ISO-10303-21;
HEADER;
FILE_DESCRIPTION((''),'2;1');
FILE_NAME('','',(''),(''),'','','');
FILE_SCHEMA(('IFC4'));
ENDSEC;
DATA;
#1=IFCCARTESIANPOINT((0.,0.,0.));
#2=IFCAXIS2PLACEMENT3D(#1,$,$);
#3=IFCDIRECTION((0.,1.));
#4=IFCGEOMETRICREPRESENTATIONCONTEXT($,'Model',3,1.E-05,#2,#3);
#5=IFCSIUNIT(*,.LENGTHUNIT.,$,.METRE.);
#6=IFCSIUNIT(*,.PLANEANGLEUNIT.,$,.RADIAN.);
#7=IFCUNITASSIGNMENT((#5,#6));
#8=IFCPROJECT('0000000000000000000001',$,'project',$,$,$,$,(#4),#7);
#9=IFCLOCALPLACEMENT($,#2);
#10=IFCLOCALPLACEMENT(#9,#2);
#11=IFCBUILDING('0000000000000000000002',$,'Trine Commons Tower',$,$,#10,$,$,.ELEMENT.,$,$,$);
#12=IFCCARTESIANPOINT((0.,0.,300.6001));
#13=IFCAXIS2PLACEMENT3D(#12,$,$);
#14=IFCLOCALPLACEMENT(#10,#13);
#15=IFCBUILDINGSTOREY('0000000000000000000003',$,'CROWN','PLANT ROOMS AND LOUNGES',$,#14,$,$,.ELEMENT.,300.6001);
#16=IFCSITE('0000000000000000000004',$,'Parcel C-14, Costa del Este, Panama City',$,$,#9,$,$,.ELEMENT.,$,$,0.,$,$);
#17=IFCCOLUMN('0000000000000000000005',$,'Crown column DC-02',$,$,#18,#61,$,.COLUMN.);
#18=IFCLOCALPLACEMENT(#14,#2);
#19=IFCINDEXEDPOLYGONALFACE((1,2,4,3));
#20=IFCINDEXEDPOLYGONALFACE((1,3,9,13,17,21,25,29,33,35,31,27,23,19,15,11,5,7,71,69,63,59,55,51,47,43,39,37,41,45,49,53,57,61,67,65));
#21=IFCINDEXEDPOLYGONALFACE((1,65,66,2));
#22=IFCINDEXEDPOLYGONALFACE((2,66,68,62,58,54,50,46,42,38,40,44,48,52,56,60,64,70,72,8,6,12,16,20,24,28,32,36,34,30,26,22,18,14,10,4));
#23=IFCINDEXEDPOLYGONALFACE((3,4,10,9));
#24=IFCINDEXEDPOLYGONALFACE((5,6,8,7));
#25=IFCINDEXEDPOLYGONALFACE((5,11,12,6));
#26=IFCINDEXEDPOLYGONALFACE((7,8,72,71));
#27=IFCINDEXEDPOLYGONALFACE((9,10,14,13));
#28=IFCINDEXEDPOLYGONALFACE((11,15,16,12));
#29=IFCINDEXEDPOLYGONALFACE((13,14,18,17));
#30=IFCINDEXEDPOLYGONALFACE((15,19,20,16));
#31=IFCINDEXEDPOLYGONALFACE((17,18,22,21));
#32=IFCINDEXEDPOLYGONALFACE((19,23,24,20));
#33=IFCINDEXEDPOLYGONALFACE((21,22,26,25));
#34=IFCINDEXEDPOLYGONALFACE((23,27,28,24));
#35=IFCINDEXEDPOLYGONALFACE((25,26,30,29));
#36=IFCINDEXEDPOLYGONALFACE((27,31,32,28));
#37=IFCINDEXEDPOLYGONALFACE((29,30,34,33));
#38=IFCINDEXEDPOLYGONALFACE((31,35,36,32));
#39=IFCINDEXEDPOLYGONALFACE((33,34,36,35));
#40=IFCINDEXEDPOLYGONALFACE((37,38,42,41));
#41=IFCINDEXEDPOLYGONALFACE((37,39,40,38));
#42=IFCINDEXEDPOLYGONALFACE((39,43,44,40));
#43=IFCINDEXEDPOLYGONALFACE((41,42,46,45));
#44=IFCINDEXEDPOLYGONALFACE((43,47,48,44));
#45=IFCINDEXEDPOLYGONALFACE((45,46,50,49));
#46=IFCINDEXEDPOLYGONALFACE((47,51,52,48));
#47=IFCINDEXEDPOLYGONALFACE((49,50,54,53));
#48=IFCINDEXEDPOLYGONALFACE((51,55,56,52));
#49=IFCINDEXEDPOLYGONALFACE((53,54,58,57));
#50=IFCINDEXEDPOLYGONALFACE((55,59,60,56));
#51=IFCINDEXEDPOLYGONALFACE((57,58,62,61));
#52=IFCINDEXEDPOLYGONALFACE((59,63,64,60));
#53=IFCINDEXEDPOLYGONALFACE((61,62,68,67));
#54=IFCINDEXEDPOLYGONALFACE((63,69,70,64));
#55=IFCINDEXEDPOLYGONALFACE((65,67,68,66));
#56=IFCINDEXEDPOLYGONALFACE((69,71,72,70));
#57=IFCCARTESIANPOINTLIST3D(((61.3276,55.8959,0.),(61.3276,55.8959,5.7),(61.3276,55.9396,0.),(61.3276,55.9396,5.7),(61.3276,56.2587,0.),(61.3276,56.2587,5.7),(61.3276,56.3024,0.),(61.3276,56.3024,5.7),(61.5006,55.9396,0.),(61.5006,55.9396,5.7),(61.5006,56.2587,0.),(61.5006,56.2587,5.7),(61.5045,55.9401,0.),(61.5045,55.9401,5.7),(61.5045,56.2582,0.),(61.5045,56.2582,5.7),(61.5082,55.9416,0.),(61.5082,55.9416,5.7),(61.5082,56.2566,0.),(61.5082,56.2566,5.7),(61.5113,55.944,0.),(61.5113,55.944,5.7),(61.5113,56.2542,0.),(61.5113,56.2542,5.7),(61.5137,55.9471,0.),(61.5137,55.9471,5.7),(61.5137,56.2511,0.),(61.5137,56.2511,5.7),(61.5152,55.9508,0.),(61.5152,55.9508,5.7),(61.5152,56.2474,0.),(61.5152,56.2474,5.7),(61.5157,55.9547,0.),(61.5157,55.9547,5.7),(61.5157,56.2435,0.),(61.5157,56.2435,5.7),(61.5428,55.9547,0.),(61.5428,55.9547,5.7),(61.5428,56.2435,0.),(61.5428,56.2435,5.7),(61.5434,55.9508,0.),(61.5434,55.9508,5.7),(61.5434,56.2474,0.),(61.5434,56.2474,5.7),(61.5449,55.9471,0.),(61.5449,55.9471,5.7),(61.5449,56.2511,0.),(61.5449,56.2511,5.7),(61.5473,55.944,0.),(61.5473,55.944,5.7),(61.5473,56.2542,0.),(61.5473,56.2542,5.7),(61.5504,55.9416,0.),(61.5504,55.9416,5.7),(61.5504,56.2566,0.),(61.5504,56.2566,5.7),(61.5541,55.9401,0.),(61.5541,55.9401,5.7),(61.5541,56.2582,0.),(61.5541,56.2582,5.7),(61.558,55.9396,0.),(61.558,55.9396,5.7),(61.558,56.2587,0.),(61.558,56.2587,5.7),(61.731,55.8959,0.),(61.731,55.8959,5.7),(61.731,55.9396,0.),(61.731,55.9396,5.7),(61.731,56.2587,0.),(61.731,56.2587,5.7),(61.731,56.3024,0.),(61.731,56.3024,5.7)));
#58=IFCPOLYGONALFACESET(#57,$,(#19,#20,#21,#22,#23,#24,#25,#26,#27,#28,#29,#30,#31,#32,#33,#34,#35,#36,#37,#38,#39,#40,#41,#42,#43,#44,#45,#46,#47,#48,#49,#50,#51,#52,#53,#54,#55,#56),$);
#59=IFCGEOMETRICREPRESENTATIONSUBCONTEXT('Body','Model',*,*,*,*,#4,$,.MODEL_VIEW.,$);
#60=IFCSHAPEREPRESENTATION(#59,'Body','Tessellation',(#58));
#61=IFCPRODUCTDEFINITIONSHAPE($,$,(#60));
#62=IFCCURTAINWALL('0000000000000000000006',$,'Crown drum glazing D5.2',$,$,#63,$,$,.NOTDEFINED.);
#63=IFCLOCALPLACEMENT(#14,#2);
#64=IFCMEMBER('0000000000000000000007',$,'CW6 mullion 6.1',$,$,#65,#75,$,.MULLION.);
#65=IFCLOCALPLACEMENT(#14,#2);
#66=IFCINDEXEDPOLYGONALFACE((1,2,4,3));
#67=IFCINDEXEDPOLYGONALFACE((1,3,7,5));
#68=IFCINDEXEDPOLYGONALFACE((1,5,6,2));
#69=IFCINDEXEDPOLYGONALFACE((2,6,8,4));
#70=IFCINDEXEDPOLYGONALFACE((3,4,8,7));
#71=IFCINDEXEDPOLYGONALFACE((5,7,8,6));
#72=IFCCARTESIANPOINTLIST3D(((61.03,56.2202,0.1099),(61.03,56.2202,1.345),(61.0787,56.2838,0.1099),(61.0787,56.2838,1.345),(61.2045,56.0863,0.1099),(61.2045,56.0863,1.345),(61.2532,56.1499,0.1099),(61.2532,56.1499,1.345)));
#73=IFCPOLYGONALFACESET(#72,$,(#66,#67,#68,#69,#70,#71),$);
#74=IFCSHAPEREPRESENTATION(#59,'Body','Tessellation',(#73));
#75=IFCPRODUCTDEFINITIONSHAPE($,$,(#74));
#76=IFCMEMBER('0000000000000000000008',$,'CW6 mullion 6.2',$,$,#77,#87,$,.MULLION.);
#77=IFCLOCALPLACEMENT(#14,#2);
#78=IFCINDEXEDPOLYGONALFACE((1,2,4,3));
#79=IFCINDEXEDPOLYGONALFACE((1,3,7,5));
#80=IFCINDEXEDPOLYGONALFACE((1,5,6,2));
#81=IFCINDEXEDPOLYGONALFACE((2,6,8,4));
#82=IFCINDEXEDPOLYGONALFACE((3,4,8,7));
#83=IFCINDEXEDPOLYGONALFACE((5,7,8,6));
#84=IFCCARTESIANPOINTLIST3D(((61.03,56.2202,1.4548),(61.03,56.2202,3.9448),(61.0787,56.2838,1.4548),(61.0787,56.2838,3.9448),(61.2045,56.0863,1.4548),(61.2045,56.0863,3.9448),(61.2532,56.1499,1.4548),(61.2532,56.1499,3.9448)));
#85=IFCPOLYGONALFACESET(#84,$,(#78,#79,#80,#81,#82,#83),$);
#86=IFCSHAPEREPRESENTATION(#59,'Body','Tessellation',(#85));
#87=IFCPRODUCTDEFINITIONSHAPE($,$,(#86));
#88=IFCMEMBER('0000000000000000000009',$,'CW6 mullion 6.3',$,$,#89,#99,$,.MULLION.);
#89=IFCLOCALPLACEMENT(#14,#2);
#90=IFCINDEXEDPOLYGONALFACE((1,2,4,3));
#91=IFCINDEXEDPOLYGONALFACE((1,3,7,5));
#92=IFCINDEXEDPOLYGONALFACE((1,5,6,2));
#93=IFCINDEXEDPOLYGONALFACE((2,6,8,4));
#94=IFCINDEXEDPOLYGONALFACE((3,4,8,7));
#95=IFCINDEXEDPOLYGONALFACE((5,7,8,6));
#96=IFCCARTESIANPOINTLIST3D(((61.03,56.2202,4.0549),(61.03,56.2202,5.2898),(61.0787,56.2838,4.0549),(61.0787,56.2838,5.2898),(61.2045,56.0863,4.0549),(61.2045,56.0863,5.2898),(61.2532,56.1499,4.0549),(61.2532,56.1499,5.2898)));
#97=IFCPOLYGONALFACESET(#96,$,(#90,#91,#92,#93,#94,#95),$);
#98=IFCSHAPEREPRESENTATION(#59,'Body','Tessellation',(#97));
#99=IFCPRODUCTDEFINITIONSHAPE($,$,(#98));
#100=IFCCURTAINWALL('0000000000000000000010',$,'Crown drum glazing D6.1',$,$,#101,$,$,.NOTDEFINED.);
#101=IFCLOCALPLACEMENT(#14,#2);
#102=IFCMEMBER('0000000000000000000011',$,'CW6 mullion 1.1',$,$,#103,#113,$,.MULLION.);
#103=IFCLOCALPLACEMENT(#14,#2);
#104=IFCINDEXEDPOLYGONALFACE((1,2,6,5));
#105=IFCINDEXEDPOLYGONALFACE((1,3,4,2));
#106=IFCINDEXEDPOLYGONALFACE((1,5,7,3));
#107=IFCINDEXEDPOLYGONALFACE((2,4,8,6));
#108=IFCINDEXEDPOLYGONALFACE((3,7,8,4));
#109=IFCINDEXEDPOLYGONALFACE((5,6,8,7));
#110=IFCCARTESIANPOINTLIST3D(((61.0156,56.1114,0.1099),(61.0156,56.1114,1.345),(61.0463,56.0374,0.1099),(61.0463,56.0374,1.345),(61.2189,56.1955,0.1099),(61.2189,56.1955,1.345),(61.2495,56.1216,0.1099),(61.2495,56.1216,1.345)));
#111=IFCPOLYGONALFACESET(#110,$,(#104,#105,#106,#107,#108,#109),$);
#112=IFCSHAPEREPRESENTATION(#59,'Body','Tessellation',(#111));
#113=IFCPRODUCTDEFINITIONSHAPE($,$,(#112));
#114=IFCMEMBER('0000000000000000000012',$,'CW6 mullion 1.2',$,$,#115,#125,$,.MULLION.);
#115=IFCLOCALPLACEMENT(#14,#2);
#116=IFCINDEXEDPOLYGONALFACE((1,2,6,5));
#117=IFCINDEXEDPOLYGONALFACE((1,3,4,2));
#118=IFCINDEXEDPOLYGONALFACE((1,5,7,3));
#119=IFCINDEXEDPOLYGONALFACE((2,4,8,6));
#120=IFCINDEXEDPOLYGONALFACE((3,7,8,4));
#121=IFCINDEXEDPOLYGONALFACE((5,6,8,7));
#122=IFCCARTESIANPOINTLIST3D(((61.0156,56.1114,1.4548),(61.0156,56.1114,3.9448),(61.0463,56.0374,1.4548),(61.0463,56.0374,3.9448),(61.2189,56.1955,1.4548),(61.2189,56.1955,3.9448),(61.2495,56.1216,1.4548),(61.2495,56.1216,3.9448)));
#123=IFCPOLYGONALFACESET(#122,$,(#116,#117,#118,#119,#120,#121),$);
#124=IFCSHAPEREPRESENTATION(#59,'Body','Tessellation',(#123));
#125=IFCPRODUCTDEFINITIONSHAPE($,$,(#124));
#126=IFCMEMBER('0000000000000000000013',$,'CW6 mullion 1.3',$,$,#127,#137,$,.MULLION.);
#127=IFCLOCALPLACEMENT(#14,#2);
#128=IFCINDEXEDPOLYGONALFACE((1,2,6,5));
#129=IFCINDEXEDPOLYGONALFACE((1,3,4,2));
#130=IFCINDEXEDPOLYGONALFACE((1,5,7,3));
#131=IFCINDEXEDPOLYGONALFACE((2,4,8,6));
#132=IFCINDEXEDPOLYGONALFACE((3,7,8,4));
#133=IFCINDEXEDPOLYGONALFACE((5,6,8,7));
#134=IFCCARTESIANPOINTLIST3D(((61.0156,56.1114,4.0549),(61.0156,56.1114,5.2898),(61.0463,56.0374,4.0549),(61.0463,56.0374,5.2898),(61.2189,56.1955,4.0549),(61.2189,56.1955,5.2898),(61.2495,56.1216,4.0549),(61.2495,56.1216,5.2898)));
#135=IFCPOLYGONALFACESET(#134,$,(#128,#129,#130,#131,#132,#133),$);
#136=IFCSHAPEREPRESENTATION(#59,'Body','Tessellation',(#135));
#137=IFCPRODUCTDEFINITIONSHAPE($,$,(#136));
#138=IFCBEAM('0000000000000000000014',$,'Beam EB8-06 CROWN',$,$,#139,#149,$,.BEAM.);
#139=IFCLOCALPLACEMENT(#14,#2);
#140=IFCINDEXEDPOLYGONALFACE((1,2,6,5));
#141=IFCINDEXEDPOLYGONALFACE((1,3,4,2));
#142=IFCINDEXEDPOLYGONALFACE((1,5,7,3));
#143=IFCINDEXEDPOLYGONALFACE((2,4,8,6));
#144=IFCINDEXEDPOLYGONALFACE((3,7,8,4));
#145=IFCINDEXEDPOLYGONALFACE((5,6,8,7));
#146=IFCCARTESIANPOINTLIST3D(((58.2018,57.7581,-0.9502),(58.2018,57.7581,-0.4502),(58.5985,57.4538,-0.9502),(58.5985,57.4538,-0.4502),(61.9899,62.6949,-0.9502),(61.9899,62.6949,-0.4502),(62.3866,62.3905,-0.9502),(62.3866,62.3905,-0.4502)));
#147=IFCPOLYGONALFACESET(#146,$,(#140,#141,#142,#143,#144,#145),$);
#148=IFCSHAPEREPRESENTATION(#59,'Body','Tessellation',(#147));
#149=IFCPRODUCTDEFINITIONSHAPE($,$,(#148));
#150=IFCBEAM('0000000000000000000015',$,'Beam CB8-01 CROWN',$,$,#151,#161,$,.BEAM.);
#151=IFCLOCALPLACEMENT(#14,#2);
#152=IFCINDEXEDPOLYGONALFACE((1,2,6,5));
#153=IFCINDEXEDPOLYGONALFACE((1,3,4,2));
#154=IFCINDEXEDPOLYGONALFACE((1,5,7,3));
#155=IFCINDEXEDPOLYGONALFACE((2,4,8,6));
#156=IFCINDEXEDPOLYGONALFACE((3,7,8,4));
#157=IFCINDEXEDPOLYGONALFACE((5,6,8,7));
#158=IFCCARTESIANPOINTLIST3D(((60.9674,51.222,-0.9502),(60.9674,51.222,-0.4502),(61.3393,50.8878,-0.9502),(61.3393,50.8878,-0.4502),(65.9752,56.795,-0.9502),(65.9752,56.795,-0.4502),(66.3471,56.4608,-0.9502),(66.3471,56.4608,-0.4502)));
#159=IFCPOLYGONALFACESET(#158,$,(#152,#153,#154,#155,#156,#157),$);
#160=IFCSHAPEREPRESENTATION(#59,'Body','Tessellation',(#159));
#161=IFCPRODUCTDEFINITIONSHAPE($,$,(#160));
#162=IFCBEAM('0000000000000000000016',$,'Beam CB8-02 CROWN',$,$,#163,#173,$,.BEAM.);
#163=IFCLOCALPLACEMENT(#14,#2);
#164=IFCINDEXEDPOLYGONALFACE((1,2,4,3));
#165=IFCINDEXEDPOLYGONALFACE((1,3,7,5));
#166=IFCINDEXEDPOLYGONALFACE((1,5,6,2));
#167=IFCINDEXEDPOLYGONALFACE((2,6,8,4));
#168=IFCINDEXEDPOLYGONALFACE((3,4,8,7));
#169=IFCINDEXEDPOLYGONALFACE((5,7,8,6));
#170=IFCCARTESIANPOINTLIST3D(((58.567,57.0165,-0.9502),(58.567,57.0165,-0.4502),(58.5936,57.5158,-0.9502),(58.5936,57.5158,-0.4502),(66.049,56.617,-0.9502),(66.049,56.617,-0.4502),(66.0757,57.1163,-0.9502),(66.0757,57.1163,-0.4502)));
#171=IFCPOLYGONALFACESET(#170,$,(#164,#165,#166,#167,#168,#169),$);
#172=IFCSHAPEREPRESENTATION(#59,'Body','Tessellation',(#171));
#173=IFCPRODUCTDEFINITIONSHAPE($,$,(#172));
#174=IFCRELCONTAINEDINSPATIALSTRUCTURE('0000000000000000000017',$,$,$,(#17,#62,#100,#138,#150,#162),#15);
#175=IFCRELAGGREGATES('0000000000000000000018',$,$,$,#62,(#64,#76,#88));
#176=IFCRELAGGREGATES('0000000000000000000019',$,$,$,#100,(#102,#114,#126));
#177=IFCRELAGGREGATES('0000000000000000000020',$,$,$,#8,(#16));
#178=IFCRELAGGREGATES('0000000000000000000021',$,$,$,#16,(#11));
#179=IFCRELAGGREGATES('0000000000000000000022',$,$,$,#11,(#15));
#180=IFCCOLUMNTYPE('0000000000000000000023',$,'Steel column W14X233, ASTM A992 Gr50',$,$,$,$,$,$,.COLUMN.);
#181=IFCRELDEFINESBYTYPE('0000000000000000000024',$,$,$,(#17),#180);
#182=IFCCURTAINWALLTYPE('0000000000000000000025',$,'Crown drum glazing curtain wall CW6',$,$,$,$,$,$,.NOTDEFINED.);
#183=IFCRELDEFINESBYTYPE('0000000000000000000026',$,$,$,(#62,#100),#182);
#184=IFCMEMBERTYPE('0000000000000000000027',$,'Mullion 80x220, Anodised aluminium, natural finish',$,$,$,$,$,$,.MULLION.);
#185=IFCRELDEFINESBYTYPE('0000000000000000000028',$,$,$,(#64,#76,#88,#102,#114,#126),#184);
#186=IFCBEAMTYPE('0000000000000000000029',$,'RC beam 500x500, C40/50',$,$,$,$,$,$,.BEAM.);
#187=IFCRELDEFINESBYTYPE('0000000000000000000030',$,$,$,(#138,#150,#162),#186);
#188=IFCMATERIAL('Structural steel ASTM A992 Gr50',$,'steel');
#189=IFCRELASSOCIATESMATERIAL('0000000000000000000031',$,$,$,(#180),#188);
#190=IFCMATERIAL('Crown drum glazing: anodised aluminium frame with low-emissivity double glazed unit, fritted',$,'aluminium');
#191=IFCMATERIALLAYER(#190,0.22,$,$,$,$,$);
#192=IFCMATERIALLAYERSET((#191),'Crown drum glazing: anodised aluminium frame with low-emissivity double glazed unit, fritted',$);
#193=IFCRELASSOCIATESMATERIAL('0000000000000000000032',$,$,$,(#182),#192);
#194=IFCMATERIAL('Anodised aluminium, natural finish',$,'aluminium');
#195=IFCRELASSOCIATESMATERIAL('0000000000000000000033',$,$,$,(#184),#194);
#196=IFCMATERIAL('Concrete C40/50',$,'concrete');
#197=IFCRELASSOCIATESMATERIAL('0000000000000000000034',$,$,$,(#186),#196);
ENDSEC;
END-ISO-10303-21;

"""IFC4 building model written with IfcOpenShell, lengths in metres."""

from ifc_helpers import new_model, si_unit, direction, frame, origin, origin_2d, place, context, subcontext, project, spatial, rectangle, i_section, extrude, material, layer, layer_set, material_profile, profile_set, type_object, element, aggregate, save


model = new_model("IFC4")

# Units and contexts
model_context = context("Model", 3, precision=1e-05, world=origin(), true_north=direction((0.0, 1.0)))
body_context = subcontext(model_context, "Body", "Model", "MODEL_VIEW")
ifc_project = project(units=[si_unit("LENGTHUNIT", "METRE"), si_unit("PLANEANGLEUNIT", "RADIAN")], contexts=[model_context])

# Site, building, storey
site_placement = place(None, origin())
site = spatial("IfcSite", under=ifc_project, at=site_placement, Name="Parcel C-14, Costa del Este, Panama City", CompositionType="ELEMENT", RefElevation=0.0)
building_placement = place(site_placement, origin())
building = spatial("IfcBuilding", under=site, at=building_placement, Name="Trine Commons Tower", CompositionType="ELEMENT")
storey_placement = place(building_placement, frame((0.0, 0.0, 300.6001)))
storey = spatial("IfcBuildingStorey", under=building, at=storey_placement, Name="CROWN", Description="PLANT ROOMS AND LOUNGES", CompositionType="ELEMENT", Elevation=300.6001)

# Column
ifc_material_1 = material(Name="Structural steel ASTM A992 Gr50", Category="steel")
ifc_material_profile_1 = material_profile(ifc_material_1, i_section(OverallWidth=0.4033, OverallDepth=0.4065, WebThickness=0.0271, FlangeThickness=0.0437, FilletRadius=0.0151, at=origin_2d()), Name="W14X233")
ifc_profile_set_1 = profile_set([ifc_material_profile_1], Name="Structural steel ASTM A992 Gr50")
column_type = type_object("IfcColumnType", Name="Steel column W14X233, ASTM A992 Gr50", PredefinedType="COLUMN", material=ifc_profile_set_1)
column_placement = place(storey_placement, frame((61.5293, 56.0991, 0.0), z_axis=(0.0, 0.0, 1.0), x_axis=(1.0, 0.0, 0.0)))
element("IfcColumn", 1, at=column_placement, inside=storey, type_object=column_type, Name="Crown column DC-02", PredefinedType="COLUMN", context=body_context, shape_type="SweptSolid", body=[
    extrude(i_section(OverallWidth=0.4033, OverallDepth=0.4065, WebThickness=0.0271, FlangeThickness=0.0437, FilletRadius=0.0151, at=origin_2d()), origin(), (0.0, 0.0, 1.0), 5.7),
])

# Curtain walls, members
ifc_material_2 = material(Name="Crown drum glazing: anodised aluminium frame with low-emissivity double glazed unit, fritted", Category="aluminium")
ifc_layer_1 = layer(ifc_material_2, 0.22)
ifc_layer_set_1 = layer_set([ifc_layer_1], Name="Crown drum glazing: anodised aluminium frame with low-emissivity double glazed unit, fritted")
curtain_wall_type = type_object("IfcCurtainWallType", Name="Crown drum glazing curtain wall CW6", PredefinedType="NOTDEFINED", material=ifc_layer_set_1)
curtain_wall_1_placement = place(storey_placement, origin())
curtain_wall_1 = element("IfcCurtainWall", 2, at=curtain_wall_1_placement, inside=storey, type_object=curtain_wall_type, Name="Crown drum glazing D5.2", PredefinedType="NOTDEFINED")
ifc_material_3 = material(Name="Anodised aluminium, natural finish", Category="aluminium")
ifc_material_profile_2 = material_profile(ifc_material_3, rectangle(XDim=0.22, YDim=0.0801, at=origin_2d()), Name="Mullion 80x220")
ifc_profile_set_2 = profile_set([ifc_material_profile_2], Name="Anodised aluminium, natural finish")
member_type_1 = type_object("IfcMemberType", Name="Mullion 80x220, Anodised aluminium, natural finish", PredefinedType="MULLION", material=ifc_profile_set_2)
member_1_placement = place(storey_placement, frame((61.1416, 56.1851, 0.1099), z_axis=(0.0, 0.0, 1.0), x_axis=(0.793353, -0.608761, 0.0)))
member_1 = element("IfcMember", 3, at=member_1_placement, type_object=member_type_1, Name="CW6 mullion 6.1", PredefinedType="MULLION", context=body_context, shape_type="SweptSolid", body=[
    extrude(rectangle(XDim=0.22, YDim=0.0801, at=origin_2d()), origin(), (0.0, 0.0, 1.0), 1.2351),
])
member_2_placement = place(storey_placement, frame((61.1416, 56.1851, 1.4548), z_axis=(0.0, 0.0, 1.0), x_axis=(0.793353, -0.608761, 0.0)))
member_2 = element("IfcMember", 4, at=member_2_placement, type_object=member_type_1, Name="CW6 mullion 6.2", PredefinedType="MULLION", context=body_context, shape_type="SweptSolid", body=[
    extrude(rectangle(XDim=0.22, YDim=0.0801, at=origin_2d()), origin(), (0.0, 0.0, 1.0), 2.49),
])
member_3_placement = place(storey_placement, frame((61.1416, 56.1851, 4.0549), z_axis=(0.0, 0.0, 1.0), x_axis=(0.793353, -0.608761, 0.0)))
member_3 = element("IfcMember", 5, at=member_3_placement, type_object=member_type_1, Name="CW6 mullion 6.3", PredefinedType="MULLION", context=body_context, shape_type="SweptSolid", body=[
    extrude(rectangle(XDim=0.22, YDim=0.0801, at=origin_2d()), origin(), (0.0, 0.0, 1.0), 1.2349),
])
aggregate(curtain_wall_1, [member_1, member_2, member_3])
curtain_wall_2_placement = place(storey_placement, origin())
curtain_wall_2 = element("IfcCurtainWall", 6, at=curtain_wall_2_placement, inside=storey, type_object=curtain_wall_type, Name="Crown drum glazing D6.1", PredefinedType="NOTDEFINED")
member_4_placement = place(storey_placement, frame((61.1326, 56.1165, 0.1099), z_axis=(0.0, 0.0, 1.0), x_axis=(0.92388, 0.382683, 0.0)))
member_4 = element("IfcMember", 7, at=member_4_placement, type_object=member_type_1, Name="CW6 mullion 1.1", PredefinedType="MULLION", context=body_context, shape_type="SweptSolid", body=[
    extrude(rectangle(XDim=0.22, YDim=0.0801, at=origin_2d()), origin(), (0.0, 0.0, 1.0), 1.2351),
])
member_5_placement = place(storey_placement, frame((61.1326, 56.1165, 1.4548), z_axis=(0.0, 0.0, 1.0), x_axis=(0.92388, 0.382683, 0.0)))
member_5 = element("IfcMember", 8, at=member_5_placement, type_object=member_type_1, Name="CW6 mullion 1.2", PredefinedType="MULLION", context=body_context, shape_type="SweptSolid", body=[
    extrude(rectangle(XDim=0.22, YDim=0.0801, at=origin_2d()), origin(), (0.0, 0.0, 1.0), 2.49),
])
member_6_placement = place(storey_placement, frame((61.1326, 56.1165, 4.0549), z_axis=(0.0, 0.0, 1.0), x_axis=(0.92388, 0.382683, 0.0)))
member_6 = element("IfcMember", 9, at=member_6_placement, type_object=member_type_1, Name="CW6 mullion 1.3", PredefinedType="MULLION", context=body_context, shape_type="SweptSolid", body=[
    extrude(rectangle(XDim=0.22, YDim=0.0801, at=origin_2d()), origin(), (0.0, 0.0, 1.0), 1.2349),
])

# Beams
ifc_material_4 = material(Name="Concrete C40/50", Category="concrete")
ifc_material_profile_3 = material_profile(ifc_material_4, rectangle(XDim=0.5, YDim=0.5, at=origin_2d()), Name="RC 500x500")
ifc_profile_set_3 = profile_set([ifc_material_profile_3], Name="Concrete C40/50")
beam_type_1 = type_object("IfcBeamType", Name="RC beam 500x500, C40/50", PredefinedType="BEAM", material=ifc_profile_set_3)
beam_1_placement = place(storey_placement, frame((58.4001, 57.606, -0.7002), z_axis=(0.608758, 0.793356, 0.0), x_axis=(-0.793356, 0.608758, 0.0)))
element("IfcBeam", 10, at=beam_1_placement, inside=storey, type_object=beam_type_1, Name="Beam EB8-06 CROWN", PredefinedType="BEAM", context=body_context, shape_type="SweptSolid", body=[
    extrude(rectangle(XDim=0.5, YDim=0.5, at=origin_2d()), origin(), (0.0, 0.0, 1.0), 6.2227),
])
beam_2_placement = place(storey_placement, frame((61.1533, 51.0549, -0.7002), z_axis=(0.668383, 0.743817, 0.0), x_axis=(-0.743817, 0.668383, 0.0)))
element("IfcBeam", 11, at=beam_2_placement, inside=storey, type_object=beam_type_1, Name="Beam CB8-01 CROWN", PredefinedType="BEAM", context=body_context, shape_type="SweptSolid", body=[
    extrude(rectangle(XDim=0.5, YDim=0.5, at=origin_2d()), origin(), (0.0, 0.0, 1.0), 7.4924),
])
beam_3_placement = place(storey_placement, frame((58.5803, 57.2661, -0.7002), z_axis=(0.998578, -0.053308, 0.0), x_axis=(0.053308, 0.998578, 0.0)))
element("IfcBeam", 12, at=beam_3_placement, inside=storey, type_object=beam_type_1, Name="Beam CB8-02 CROWN", PredefinedType="BEAM", context=body_context, shape_type="SweptSolid", body=[
    extrude(rectangle(XDim=0.5, YDim=0.5, at=origin_2d()), origin(), (0.0, 0.0, 1.0), 7.4927),
])

aggregate(curtain_wall_2, [member_4, member_5, member_6])

save(model, "model.ifc")
